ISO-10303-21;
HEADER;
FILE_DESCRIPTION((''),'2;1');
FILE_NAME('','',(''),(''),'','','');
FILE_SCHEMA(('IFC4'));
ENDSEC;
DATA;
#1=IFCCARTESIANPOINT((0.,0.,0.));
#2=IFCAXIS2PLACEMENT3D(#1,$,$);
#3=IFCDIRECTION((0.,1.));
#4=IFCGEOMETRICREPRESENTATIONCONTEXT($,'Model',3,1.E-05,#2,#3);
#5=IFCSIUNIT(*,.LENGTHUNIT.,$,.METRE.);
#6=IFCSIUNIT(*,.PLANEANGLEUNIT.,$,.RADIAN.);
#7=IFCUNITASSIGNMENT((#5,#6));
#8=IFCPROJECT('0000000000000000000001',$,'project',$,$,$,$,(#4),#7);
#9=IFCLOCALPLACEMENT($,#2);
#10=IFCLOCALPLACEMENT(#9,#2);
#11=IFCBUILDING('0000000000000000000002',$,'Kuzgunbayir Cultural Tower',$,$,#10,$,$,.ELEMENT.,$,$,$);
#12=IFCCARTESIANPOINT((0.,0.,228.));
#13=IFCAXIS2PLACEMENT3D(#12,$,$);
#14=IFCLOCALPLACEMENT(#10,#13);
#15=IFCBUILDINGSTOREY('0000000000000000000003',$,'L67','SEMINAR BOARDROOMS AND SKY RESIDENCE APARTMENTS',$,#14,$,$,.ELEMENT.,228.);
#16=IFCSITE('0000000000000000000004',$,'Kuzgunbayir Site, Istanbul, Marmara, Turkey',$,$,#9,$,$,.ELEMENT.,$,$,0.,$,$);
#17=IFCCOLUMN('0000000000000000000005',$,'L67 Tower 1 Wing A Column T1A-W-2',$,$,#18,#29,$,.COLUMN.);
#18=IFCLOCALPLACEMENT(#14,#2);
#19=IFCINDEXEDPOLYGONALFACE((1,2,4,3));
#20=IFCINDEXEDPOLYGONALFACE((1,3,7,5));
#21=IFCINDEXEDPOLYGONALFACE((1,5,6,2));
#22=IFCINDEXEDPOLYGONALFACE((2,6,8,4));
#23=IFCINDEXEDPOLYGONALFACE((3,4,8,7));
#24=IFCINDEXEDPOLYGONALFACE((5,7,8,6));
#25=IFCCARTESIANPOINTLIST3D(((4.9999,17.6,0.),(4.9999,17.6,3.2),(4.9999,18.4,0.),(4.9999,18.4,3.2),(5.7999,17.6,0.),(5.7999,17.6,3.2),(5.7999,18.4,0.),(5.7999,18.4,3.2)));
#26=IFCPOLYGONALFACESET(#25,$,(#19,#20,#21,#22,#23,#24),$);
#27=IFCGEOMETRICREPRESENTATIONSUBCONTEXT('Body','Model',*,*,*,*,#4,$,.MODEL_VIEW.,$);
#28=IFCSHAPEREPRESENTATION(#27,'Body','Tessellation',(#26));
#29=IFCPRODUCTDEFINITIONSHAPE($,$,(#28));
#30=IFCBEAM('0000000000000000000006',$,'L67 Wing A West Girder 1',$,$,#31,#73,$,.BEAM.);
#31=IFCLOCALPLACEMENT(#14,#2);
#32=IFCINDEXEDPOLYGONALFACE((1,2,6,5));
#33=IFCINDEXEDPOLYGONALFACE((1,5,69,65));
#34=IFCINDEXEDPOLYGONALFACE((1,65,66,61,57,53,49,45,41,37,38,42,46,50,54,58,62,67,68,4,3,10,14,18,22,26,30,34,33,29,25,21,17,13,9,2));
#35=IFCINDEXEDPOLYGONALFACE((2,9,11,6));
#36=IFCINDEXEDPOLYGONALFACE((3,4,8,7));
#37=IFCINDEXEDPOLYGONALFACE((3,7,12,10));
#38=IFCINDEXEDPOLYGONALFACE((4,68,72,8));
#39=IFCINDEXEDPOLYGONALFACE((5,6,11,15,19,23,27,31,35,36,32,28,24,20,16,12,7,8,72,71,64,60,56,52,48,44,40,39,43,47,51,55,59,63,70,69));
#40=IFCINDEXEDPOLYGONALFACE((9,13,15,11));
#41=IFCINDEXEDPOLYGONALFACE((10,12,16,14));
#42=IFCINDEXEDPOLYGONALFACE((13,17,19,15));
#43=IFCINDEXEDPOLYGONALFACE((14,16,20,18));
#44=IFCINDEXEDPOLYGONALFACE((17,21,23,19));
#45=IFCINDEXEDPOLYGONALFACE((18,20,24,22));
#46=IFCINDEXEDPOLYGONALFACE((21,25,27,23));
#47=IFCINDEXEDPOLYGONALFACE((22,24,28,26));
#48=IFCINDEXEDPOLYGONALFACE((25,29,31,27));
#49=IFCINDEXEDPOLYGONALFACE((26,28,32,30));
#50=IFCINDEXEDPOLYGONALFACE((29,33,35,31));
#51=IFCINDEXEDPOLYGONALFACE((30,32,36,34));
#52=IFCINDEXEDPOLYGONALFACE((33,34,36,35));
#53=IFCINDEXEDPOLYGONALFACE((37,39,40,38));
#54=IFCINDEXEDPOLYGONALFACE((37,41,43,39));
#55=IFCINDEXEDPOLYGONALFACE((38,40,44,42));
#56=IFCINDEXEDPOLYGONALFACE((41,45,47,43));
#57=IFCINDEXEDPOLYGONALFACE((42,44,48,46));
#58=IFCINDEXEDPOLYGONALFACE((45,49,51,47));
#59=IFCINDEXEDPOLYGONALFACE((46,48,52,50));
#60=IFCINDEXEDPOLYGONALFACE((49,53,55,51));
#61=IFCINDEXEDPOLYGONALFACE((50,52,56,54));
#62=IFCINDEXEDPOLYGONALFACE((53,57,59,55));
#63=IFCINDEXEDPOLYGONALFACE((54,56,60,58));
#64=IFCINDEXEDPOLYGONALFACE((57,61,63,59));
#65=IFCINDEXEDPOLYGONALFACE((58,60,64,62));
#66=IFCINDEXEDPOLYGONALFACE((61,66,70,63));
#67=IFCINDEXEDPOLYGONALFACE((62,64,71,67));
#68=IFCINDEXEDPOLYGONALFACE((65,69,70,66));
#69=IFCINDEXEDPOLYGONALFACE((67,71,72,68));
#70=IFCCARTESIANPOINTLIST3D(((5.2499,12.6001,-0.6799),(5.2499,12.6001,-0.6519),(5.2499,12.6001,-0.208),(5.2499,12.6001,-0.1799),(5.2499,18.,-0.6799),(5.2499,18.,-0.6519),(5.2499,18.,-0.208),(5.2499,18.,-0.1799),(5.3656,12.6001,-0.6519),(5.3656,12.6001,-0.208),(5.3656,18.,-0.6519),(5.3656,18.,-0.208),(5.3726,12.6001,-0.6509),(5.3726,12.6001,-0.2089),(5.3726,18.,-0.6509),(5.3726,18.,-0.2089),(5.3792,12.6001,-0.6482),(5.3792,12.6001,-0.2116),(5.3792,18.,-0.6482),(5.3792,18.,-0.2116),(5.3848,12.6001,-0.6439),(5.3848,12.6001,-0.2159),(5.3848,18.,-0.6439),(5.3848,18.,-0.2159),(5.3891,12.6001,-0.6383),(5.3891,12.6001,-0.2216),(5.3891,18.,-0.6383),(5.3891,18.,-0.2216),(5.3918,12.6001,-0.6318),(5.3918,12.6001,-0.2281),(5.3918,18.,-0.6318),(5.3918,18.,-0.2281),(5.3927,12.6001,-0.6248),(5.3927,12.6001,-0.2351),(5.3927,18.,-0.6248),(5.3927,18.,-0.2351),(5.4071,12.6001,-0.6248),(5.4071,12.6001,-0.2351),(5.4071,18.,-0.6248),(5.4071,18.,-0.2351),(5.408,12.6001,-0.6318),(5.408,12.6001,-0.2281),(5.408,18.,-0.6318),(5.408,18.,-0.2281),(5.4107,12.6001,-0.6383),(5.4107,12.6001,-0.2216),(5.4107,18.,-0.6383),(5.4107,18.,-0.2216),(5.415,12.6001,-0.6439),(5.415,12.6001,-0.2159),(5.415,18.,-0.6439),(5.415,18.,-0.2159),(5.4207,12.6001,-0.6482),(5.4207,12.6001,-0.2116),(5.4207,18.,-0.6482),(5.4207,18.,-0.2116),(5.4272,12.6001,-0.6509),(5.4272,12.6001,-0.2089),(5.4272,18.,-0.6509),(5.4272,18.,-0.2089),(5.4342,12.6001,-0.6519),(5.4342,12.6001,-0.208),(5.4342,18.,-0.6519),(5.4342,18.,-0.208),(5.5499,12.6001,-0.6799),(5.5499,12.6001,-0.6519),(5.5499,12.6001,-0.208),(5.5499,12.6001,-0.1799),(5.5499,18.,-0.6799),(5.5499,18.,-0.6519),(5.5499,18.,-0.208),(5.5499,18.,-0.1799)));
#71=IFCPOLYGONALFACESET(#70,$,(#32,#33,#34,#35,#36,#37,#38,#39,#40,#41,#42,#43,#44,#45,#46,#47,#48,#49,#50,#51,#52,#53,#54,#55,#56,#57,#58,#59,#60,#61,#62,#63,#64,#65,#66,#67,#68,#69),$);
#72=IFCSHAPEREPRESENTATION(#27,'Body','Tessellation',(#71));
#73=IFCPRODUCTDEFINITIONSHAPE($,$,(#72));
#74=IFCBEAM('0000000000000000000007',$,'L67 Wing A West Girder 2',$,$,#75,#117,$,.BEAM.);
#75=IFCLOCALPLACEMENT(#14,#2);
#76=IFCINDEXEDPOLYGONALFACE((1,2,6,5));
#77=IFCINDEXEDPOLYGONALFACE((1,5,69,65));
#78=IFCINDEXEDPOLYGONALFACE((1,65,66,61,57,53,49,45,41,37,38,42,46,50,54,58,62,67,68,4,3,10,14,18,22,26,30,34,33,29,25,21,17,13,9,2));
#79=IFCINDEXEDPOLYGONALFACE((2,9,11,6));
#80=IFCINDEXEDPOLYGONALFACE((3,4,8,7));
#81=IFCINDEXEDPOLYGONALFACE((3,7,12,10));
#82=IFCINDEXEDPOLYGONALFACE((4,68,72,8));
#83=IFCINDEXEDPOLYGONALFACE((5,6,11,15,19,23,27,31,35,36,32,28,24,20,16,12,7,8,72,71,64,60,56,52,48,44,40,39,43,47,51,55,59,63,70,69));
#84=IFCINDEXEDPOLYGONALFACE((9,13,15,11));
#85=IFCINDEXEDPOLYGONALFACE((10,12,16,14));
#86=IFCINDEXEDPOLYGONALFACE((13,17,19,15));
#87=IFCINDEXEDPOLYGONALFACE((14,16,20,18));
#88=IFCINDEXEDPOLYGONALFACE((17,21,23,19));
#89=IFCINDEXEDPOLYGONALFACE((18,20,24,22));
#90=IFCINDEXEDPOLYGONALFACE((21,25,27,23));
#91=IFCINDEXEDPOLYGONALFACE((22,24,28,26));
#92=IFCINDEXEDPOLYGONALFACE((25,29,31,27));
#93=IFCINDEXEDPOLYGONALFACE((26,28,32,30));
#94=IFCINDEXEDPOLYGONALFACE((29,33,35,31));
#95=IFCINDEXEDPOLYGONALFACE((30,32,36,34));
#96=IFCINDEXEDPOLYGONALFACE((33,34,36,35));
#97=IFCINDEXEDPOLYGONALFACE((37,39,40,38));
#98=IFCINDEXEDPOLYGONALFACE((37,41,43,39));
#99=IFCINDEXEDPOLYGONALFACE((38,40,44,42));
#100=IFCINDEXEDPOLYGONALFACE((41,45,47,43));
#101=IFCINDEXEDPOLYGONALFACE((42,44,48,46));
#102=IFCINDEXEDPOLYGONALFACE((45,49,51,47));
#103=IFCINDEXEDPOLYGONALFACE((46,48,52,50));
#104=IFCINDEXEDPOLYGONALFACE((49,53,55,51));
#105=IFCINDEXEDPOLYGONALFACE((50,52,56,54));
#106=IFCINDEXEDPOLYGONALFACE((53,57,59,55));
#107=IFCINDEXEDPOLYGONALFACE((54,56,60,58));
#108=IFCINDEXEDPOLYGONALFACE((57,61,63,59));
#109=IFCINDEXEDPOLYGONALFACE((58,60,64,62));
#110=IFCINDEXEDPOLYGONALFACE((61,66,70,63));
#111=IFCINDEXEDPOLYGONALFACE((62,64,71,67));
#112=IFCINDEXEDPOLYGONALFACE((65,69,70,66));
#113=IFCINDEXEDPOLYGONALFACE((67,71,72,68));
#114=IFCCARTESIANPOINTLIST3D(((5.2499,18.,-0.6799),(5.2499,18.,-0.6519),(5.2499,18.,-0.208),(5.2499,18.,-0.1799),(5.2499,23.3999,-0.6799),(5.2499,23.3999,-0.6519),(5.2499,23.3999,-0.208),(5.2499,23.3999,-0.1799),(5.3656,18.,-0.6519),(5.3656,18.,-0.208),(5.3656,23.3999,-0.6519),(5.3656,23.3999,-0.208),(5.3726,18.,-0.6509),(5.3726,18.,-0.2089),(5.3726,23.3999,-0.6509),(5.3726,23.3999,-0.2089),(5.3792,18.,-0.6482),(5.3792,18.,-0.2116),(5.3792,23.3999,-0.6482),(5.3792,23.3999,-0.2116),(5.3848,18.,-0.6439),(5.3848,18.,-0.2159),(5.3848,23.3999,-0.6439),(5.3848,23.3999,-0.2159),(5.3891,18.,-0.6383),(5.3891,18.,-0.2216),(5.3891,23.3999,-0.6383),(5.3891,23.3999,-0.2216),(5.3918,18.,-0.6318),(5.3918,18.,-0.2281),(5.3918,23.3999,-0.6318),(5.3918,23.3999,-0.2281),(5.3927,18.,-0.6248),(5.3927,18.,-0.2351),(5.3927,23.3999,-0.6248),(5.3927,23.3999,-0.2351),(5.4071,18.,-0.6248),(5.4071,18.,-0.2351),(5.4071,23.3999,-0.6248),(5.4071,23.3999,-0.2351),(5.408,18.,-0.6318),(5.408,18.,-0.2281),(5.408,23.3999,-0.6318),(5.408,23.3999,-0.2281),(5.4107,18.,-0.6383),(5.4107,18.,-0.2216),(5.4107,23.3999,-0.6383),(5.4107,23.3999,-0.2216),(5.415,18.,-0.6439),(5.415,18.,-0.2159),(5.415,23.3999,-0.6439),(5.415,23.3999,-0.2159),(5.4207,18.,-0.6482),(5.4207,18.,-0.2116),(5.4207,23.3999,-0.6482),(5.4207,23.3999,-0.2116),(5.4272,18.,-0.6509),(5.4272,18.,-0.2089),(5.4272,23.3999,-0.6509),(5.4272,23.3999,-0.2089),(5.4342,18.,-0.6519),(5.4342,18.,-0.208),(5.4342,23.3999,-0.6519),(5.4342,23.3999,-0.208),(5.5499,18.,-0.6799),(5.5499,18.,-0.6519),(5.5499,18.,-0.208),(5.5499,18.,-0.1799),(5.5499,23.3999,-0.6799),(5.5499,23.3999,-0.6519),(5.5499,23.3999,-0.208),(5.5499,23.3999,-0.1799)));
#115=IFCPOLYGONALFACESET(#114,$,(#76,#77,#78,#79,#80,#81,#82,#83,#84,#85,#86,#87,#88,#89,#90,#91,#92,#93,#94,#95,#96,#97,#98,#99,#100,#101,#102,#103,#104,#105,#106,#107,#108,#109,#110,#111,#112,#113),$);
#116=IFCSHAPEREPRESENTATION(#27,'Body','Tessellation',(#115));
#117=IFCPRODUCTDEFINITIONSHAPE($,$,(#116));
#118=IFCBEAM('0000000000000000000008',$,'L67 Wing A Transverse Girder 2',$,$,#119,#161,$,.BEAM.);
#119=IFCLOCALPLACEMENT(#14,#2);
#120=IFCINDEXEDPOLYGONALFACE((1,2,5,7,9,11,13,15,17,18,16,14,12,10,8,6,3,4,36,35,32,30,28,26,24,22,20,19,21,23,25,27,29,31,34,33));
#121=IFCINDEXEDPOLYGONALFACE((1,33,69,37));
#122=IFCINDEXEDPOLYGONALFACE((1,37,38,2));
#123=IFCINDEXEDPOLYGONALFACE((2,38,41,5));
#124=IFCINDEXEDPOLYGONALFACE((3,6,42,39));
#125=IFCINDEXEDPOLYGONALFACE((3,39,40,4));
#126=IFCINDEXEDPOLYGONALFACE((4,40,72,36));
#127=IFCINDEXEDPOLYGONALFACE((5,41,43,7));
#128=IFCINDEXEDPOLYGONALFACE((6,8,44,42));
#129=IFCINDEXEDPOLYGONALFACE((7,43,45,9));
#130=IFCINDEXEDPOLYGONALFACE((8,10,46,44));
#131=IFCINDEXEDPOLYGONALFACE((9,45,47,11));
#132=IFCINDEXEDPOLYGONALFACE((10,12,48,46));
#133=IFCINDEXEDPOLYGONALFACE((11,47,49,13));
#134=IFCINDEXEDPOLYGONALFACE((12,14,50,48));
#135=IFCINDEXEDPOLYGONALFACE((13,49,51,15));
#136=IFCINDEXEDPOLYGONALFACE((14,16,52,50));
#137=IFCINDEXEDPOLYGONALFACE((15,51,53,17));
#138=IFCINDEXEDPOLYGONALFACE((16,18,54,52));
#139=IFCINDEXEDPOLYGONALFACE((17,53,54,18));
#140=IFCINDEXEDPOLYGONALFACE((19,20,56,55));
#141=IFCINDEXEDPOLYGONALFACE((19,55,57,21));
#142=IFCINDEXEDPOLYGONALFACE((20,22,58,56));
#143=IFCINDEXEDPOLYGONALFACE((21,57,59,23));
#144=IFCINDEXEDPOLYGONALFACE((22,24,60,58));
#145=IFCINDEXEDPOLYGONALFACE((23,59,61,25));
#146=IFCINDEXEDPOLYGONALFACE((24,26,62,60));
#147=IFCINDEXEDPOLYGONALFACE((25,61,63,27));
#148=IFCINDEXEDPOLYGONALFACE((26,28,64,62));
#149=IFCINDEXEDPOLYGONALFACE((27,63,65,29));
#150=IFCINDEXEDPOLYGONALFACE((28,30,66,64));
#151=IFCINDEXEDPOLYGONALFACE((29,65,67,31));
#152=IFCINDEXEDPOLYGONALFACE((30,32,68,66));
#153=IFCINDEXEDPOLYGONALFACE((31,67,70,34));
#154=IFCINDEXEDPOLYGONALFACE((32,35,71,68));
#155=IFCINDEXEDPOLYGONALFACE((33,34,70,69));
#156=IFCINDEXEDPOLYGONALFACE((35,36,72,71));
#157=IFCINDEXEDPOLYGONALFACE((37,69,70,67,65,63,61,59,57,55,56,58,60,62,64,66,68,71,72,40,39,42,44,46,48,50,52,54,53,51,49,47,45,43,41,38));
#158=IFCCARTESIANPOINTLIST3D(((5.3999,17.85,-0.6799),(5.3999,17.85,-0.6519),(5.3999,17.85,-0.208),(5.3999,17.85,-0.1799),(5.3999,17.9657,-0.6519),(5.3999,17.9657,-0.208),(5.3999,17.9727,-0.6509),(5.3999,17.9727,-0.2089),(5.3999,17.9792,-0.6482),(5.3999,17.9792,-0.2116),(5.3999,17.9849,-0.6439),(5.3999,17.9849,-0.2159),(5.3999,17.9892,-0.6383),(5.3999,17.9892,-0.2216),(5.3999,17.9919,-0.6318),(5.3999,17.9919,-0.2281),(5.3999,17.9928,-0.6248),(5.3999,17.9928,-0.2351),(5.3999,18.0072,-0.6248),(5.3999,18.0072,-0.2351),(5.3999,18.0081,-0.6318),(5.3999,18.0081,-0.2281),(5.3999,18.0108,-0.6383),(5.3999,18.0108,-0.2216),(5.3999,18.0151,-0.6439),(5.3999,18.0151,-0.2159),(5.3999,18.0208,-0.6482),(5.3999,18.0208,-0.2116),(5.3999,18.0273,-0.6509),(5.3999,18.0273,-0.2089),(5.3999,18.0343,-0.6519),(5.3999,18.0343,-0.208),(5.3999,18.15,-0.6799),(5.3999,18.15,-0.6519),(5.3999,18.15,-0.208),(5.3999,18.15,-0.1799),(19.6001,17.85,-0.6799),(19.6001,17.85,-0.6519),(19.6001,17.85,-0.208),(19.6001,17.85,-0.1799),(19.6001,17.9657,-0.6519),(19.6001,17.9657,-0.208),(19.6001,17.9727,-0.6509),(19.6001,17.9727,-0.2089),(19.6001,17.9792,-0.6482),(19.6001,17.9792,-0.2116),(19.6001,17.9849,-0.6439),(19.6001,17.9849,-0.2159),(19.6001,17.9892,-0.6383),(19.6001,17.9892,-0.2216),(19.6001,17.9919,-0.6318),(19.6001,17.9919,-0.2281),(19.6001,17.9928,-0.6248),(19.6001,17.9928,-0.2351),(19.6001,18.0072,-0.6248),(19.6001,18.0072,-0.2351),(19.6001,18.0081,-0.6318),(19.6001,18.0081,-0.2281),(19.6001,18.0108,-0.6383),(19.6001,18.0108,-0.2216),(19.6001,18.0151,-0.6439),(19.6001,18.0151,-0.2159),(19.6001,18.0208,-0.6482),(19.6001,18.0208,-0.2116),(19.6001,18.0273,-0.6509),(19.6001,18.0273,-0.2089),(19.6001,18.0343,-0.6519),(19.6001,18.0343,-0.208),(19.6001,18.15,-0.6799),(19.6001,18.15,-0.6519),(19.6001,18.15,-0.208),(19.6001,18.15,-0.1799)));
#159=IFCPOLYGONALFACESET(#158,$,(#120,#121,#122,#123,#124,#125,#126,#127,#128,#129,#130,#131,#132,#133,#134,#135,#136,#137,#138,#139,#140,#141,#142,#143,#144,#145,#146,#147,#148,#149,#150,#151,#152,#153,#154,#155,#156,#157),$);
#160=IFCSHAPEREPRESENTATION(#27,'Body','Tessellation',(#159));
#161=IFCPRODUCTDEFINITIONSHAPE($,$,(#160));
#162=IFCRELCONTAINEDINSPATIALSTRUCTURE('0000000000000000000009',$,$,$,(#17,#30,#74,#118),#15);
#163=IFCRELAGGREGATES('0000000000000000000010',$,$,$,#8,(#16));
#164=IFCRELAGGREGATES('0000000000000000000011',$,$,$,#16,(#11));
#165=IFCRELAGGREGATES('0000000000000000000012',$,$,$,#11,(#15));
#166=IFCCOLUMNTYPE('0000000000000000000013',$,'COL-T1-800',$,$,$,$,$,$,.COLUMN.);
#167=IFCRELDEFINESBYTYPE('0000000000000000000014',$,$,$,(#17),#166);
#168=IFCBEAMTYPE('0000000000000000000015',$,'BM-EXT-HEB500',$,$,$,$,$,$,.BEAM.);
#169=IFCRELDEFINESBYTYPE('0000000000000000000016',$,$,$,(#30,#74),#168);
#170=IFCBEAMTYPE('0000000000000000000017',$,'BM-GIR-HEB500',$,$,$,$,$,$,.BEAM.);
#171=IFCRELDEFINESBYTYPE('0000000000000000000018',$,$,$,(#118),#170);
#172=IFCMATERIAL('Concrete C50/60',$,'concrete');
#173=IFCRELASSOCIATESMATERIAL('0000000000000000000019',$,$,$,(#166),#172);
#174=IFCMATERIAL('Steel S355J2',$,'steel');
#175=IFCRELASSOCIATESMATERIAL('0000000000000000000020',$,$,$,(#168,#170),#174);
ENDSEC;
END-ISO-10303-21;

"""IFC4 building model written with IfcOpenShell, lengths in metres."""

from ifc_helpers import new_model, si_unit, direction, frame, origin, origin_2d, place, context, subcontext, project, spatial, rectangle, i_section, extrude, material, material_profile, profile_set, type_object, element, save


model = new_model("IFC4")

# Units and contexts
model_context = context("Model", 3, precision=1e-05, world=origin(), true_north=direction((0.0, 1.0)))
body_context = subcontext(model_context, "Body", "Model", "MODEL_VIEW")
ifc_project = project(units=[si_unit("LENGTHUNIT", "METRE"), si_unit("PLANEANGLEUNIT", "RADIAN")], contexts=[model_context])

# Site, building, storey
site_placement = place(None, origin())
site = spatial("IfcSite", under=ifc_project, at=site_placement, Name="Kuzgunbayir Site, Istanbul, Marmara, Turkey", CompositionType="ELEMENT", RefElevation=0.0)
building_placement = place(site_placement, origin())
building = spatial("IfcBuilding", under=site, at=building_placement, Name="Kuzgunbayir Cultural Tower", CompositionType="ELEMENT")
storey_placement = place(building_placement, frame((0.0, 0.0, 228.0)))
storey = spatial("IfcBuildingStorey", under=building, at=storey_placement, Name="L67", Description="SEMINAR BOARDROOMS AND SKY RESIDENCE APARTMENTS", CompositionType="ELEMENT", Elevation=228.0)

# Column
ifc_material_1 = material(Name="Concrete C50/60", Category="concrete")
ifc_material_profile_1 = material_profile(ifc_material_1, rectangle(XDim=0.8, YDim=0.8, at=origin_2d()), Name="RC 800x800")
ifc_profile_set_1 = profile_set([ifc_material_profile_1], Name="Concrete C50/60")
column_type = type_object("IfcColumnType", Name="COL-T1-800", PredefinedType="COLUMN", material=ifc_profile_set_1)
column_placement = place(storey_placement, frame((5.3999, 18.0, 0.0), z_axis=(0.0, 0.0, 1.0), x_axis=(1.0, 0.0, 0.0)))
element("IfcColumn", 1, at=column_placement, inside=storey, type_object=column_type, Name="L67 Tower 1 Wing A Column T1A-W-2", PredefinedType="COLUMN", context=body_context, shape_type="SweptSolid", body=[
    extrude(rectangle(XDim=0.8, YDim=0.8, at=origin_2d()), origin(), (0.0, 0.0, 1.0), 3.2),
])

# Beams
ifc_material_2 = material(Name="Steel S355J2", Category="steel")
ifc_material_profile_2 = material_profile(ifc_material_2, i_section(OverallWidth=0.3, OverallDepth=0.5, WebThickness=0.0144, FlangeThickness=0.0281, FilletRadius=0.0271, at=origin_2d()), Name="HEB 500")
ifc_profile_set_2 = profile_set([ifc_material_profile_2], Name="Steel S355J2")
beam_type_1 = type_object("IfcBeamType", Name="BM-EXT-HEB500", PredefinedType="BEAM", material=ifc_profile_set_2)
for number, where, z_axis, x_axis, name in (
    (2, (5.3999, 12.6001, -0.4299), (0.0, 1.0, 0.0), (-1.0, 0.0, 0.0), "L67 Wing A West Girder 1"),
    (3, (5.3999, 18.0, -0.4299), (0.0, 1.0, 0.0), (-1.0, 0.0, 0.0), "L67 Wing A West Girder 2"),
):
    element("IfcBeam", number, at=place(storey_placement, frame(where, z_axis=z_axis, x_axis=x_axis)), inside=storey, type_object=beam_type_1, Name=name, PredefinedType="BEAM", context=body_context, shape_type="SweptSolid", body=[
        extrude(i_section(OverallWidth=0.3, OverallDepth=0.5, WebThickness=0.0144, FlangeThickness=0.0281, FilletRadius=0.0271, at=origin_2d()), origin(), (0.0, 0.0, 1.0), 5.3999),
    ])
ifc_material_profile_3 = material_profile(ifc_material_2, i_section(OverallWidth=0.3, OverallDepth=0.5, WebThickness=0.0144, FlangeThickness=0.0281, FilletRadius=0.0271, at=origin_2d()), Name="HEB 500")
ifc_profile_set_3 = profile_set([ifc_material_profile_3], Name="Steel S355J2")
beam_type_2 = type_object("IfcBeamType", Name="BM-GIR-HEB500", PredefinedType="BEAM", material=ifc_profile_set_3)
beam_1_placement = place(storey_placement, frame((5.3999, 18.0, -0.4299), z_axis=(1.0, 0.0, 0.0), x_axis=(0.0, 1.0, 0.0)))
element("IfcBeam", 4, at=beam_1_placement, inside=storey, type_object=beam_type_2, Name="L67 Wing A Transverse Girder 2", PredefinedType="BEAM", context=body_context, shape_type="SweptSolid", body=[
    extrude(i_section(OverallWidth=0.3, OverallDepth=0.5, WebThickness=0.0144, FlangeThickness=0.0281, FilletRadius=0.0271, at=origin_2d()), origin(), (0.0, 0.0, 1.0), 14.2002),
])

save(model, "model.ifc")
